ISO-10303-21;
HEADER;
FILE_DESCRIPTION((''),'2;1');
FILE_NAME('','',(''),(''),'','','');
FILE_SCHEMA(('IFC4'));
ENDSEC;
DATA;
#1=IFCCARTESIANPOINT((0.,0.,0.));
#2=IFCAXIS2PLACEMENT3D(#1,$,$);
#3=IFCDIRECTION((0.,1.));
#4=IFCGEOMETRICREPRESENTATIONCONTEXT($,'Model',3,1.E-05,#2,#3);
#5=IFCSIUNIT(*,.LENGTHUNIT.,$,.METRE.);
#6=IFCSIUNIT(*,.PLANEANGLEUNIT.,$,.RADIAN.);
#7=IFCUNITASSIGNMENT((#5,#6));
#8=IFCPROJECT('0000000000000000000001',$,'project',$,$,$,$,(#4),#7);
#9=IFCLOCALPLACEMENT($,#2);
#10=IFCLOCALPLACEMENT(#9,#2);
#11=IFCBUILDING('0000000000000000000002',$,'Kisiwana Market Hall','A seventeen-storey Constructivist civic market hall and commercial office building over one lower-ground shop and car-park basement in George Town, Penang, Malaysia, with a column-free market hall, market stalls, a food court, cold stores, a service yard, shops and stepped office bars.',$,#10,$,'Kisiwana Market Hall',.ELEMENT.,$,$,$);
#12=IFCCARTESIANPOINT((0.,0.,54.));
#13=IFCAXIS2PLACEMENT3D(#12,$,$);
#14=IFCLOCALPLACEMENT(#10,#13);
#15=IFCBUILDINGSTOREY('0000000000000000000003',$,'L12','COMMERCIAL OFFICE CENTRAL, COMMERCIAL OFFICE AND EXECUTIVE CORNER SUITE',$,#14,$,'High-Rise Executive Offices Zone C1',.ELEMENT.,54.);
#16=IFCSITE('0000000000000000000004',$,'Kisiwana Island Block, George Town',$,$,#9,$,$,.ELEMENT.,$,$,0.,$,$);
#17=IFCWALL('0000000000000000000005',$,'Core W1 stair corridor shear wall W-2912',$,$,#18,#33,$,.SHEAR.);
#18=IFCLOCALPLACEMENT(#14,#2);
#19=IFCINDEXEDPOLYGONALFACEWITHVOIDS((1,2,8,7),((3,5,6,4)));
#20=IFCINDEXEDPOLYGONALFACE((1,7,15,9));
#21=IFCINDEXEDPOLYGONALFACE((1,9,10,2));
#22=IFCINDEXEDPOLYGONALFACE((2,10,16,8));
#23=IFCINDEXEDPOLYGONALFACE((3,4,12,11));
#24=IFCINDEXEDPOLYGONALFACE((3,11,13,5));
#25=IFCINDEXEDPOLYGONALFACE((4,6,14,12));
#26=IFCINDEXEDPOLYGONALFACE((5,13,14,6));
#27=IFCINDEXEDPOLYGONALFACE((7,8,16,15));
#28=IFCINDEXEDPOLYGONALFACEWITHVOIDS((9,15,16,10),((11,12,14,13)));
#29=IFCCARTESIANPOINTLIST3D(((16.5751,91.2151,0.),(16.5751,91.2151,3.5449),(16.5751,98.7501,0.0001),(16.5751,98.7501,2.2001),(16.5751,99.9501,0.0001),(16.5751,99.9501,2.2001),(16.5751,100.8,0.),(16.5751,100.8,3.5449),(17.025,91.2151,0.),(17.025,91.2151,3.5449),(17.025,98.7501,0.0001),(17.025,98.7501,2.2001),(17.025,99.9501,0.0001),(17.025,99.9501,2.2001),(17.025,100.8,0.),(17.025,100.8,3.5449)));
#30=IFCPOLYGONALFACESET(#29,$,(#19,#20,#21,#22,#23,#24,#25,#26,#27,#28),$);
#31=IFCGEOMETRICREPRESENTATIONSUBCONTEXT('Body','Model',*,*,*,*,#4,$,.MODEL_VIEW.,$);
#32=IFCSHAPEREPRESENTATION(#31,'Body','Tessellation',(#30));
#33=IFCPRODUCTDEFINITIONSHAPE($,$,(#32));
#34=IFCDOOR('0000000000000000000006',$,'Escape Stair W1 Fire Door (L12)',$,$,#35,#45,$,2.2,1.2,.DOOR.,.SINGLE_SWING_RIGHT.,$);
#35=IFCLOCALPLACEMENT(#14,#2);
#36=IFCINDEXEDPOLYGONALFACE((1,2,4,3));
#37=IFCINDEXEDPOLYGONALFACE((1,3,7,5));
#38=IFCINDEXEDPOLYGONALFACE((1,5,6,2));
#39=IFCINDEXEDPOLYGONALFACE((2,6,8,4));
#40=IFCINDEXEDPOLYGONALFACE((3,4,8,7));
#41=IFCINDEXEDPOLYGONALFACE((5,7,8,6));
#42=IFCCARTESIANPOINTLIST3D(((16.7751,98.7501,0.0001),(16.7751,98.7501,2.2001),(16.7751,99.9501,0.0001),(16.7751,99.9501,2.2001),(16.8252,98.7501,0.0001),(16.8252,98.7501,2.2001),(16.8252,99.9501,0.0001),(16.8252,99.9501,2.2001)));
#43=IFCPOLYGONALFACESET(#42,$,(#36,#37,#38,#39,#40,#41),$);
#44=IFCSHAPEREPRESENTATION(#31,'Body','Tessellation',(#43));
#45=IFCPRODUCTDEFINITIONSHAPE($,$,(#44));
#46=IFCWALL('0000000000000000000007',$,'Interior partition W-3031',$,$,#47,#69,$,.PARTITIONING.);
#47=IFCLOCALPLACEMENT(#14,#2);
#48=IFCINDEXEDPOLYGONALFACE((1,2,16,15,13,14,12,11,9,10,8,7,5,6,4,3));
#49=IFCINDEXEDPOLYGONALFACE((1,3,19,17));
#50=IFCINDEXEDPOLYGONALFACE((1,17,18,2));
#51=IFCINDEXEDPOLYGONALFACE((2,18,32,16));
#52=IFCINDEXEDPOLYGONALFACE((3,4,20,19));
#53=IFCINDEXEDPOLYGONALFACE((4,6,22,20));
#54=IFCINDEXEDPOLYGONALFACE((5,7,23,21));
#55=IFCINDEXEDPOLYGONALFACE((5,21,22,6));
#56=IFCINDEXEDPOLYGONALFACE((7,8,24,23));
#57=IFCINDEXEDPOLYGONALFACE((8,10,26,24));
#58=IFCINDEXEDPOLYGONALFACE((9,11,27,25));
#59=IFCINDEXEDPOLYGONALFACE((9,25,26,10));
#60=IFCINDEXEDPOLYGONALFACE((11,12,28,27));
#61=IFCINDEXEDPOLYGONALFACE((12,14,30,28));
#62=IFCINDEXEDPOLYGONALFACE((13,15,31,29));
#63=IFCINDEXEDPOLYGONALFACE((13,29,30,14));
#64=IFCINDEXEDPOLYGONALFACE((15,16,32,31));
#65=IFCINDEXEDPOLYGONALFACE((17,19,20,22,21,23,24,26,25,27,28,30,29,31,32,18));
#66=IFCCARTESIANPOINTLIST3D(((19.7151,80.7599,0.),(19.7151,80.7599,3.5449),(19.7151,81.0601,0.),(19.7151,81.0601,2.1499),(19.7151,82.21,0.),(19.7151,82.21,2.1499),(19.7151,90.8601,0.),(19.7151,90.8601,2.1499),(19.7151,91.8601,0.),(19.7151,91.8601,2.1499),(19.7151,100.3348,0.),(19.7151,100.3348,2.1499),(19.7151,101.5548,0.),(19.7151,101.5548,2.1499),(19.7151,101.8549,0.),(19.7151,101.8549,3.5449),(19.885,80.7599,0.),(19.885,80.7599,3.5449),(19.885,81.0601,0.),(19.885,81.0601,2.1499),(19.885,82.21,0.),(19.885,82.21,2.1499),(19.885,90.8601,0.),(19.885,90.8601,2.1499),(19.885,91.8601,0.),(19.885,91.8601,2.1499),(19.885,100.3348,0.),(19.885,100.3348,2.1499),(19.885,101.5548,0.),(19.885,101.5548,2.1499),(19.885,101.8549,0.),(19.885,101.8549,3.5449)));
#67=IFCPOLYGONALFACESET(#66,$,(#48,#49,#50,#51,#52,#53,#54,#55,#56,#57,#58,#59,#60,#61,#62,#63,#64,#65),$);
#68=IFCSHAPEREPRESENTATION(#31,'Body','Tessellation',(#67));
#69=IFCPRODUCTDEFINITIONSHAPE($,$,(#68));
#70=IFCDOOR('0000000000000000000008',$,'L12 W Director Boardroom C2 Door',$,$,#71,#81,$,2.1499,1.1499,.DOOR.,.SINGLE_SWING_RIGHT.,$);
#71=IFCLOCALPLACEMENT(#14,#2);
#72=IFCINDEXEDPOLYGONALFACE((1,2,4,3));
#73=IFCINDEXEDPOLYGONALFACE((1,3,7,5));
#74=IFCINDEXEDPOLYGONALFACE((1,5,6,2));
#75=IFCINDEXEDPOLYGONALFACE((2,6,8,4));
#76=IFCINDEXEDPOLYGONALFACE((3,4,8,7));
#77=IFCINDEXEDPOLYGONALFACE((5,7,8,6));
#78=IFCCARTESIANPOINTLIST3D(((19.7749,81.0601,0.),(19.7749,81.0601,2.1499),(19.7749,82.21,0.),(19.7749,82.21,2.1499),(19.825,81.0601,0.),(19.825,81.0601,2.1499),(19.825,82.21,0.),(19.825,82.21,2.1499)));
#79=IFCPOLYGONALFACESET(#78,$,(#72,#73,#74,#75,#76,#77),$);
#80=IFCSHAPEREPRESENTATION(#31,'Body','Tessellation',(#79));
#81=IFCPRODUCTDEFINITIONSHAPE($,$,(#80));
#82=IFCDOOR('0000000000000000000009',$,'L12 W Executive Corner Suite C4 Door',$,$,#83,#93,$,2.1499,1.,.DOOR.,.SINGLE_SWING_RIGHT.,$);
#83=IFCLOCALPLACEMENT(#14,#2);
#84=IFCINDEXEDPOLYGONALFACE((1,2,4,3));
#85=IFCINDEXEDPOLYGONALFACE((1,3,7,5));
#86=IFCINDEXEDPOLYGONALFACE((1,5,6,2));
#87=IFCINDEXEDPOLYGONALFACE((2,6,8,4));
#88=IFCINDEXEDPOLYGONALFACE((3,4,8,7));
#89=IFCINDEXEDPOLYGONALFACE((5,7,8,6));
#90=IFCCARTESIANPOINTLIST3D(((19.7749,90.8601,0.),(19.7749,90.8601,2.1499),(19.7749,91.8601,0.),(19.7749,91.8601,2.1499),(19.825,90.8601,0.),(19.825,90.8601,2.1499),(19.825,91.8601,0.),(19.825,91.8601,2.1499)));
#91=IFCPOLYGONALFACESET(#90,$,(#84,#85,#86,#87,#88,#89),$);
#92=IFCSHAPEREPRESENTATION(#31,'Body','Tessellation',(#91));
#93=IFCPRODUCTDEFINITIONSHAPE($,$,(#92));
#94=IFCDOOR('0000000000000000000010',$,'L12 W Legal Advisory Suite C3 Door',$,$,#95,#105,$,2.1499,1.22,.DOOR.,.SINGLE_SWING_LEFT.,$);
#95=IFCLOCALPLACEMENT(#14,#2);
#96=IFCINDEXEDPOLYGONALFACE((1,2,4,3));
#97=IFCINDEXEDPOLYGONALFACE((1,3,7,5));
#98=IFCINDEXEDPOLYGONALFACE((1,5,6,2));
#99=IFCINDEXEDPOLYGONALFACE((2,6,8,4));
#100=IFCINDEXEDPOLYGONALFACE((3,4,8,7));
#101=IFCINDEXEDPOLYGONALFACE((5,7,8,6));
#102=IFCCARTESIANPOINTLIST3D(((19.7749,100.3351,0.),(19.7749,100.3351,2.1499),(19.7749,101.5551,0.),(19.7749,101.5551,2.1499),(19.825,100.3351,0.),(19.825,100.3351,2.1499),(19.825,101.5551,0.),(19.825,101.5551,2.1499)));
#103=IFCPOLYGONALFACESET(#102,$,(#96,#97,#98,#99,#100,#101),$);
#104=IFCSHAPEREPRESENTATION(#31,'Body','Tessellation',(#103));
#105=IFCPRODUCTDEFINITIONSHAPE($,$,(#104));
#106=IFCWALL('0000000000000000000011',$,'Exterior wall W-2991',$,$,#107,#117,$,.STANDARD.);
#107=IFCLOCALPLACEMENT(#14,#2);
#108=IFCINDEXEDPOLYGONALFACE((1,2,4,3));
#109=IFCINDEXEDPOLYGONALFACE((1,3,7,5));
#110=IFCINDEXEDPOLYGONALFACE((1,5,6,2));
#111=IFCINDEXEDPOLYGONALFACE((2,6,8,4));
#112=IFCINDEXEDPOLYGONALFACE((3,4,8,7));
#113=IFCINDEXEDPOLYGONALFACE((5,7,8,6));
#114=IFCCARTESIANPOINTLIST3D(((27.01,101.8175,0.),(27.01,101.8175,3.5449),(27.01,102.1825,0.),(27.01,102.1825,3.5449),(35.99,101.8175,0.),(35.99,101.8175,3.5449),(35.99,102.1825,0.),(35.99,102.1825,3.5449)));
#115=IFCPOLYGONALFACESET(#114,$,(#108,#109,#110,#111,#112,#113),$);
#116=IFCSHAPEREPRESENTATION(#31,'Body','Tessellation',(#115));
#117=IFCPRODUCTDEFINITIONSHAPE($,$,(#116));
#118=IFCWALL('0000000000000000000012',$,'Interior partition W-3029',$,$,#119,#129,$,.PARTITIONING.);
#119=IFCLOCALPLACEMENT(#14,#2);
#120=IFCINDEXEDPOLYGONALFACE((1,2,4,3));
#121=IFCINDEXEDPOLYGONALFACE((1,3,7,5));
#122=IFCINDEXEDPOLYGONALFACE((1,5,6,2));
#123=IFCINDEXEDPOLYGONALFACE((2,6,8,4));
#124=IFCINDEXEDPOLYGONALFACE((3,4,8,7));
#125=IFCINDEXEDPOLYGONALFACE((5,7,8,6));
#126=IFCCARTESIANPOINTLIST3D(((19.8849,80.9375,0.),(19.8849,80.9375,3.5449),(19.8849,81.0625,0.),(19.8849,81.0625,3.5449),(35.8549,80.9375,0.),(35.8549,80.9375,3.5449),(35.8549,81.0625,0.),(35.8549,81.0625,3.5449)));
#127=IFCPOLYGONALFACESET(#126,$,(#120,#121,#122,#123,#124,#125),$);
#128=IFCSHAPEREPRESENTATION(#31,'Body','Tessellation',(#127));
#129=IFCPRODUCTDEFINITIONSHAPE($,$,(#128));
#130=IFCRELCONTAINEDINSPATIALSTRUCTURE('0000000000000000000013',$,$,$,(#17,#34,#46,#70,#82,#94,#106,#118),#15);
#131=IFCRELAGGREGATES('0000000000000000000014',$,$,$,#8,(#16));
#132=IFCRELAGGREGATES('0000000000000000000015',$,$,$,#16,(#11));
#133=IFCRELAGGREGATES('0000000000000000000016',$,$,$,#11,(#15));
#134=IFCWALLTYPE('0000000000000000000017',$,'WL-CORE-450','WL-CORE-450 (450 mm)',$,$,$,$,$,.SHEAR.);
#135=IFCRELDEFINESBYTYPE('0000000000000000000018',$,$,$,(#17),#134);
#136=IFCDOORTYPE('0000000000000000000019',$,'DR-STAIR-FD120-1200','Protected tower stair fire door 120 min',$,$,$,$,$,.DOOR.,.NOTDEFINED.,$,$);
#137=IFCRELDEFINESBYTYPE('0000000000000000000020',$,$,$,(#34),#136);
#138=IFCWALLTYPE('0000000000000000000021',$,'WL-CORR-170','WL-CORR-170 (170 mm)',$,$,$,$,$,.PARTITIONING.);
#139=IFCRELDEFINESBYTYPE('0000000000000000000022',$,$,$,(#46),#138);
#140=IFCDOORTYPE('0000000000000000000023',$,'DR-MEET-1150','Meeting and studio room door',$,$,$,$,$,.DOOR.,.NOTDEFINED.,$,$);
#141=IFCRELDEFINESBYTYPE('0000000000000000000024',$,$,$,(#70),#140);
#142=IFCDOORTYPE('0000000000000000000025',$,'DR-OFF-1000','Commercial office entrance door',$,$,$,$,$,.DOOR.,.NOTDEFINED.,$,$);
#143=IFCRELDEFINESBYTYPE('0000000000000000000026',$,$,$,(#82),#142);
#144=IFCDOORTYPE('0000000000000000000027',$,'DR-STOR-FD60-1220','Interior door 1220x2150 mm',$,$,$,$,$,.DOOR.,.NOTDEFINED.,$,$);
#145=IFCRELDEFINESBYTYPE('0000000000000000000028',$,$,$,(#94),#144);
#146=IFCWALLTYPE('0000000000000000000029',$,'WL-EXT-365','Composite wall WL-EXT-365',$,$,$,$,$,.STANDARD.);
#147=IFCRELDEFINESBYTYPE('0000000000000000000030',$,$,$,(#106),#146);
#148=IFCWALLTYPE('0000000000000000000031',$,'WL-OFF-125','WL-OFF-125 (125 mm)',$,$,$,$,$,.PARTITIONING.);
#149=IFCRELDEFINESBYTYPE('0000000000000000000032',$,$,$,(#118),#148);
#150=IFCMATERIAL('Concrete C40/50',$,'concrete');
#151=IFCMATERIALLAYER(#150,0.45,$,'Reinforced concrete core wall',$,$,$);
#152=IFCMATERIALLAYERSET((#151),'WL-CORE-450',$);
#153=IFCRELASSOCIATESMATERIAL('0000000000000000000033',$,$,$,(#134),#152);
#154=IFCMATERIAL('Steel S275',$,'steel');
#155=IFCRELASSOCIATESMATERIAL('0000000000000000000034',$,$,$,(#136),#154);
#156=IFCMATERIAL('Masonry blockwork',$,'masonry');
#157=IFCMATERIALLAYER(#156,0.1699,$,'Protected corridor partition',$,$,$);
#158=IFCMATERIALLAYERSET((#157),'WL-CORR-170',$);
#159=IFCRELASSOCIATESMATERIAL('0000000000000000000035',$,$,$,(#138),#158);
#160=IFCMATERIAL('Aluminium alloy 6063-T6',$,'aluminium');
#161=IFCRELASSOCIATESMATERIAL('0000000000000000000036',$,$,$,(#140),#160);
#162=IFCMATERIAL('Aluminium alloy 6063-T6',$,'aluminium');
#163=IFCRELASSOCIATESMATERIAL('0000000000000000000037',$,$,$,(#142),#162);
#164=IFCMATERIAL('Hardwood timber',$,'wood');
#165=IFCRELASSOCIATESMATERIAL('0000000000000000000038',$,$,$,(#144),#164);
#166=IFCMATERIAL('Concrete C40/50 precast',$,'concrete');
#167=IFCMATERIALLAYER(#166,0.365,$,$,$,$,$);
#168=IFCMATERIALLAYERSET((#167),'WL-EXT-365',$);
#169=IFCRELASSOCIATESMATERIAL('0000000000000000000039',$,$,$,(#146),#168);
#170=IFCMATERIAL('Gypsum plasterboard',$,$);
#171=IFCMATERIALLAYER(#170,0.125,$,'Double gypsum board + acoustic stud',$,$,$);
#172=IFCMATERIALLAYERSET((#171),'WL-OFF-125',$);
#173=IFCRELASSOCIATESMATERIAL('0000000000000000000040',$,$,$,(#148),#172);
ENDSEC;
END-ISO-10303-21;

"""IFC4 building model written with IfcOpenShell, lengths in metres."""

from ifc_helpers import new_model, si_unit, direction, frame, frame_2d, origin, place, context, subcontext, project, spatial, rectangle, extrude, material, layer, layer_set, type_object, element, fill, save


model = new_model("IFC4")

# Units and contexts
model_context = context("Model", 3, precision=1e-05, world=origin(), true_north=direction((0.0, 1.0)))
body_context = subcontext(model_context, "Body", "Model", "MODEL_VIEW")
ifc_project = project(units=[si_unit("LENGTHUNIT", "METRE"), si_unit("PLANEANGLEUNIT", "RADIAN")], contexts=[model_context])

# Site, building, storey
site_placement = place(None, origin())
site = spatial("IfcSite", under=ifc_project, at=site_placement, Name="Kisiwana Island Block, George Town", CompositionType="ELEMENT", RefElevation=0.0)
building_placement = place(site_placement, origin())
building = spatial("IfcBuilding", under=site, at=building_placement, Name="Kisiwana Market Hall", Description="A seventeen-storey Constructivist civic market hall and commercial office building over one lower-ground shop and car-park basement in George Town, Penang, Malaysia, with a column-free market hall, market stalls, a food court, cold stores, a service yard, shops and stepped office bars.", LongName="Kisiwana Market Hall", CompositionType="ELEMENT")
storey_placement = place(building_placement, frame((0.0, 0.0, 54.0)))
storey = spatial("IfcBuildingStorey", under=building, at=storey_placement, Name="L12", Description="COMMERCIAL OFFICE CENTRAL, COMMERCIAL OFFICE AND EXECUTIVE CORNER SUITE", LongName="High-Rise Executive Offices Zone C1", CompositionType="ELEMENT", Elevation=54.0)

# Wall, opening, door
ifc_material_1 = material(Name="Concrete C40/50", Category="concrete")
ifc_layer_1 = layer(ifc_material_1, 0.45, Name="Reinforced concrete core wall")
ifc_layer_set_1 = layer_set([ifc_layer_1], Name="WL-CORE-450")
wall_type_1 = type_object("IfcWallType", Name="WL-CORE-450", Description="WL-CORE-450 (450 mm)", PredefinedType="SHEAR", material=ifc_layer_set_1)
wall_1_placement = place(storey_placement, frame((16.8, 91.2151, 0.0), z_axis=(0.0, 0.0, 1.0), x_axis=(0.0, 1.0, 0.0)))
wall_1 = element("IfcWall", 1, at=wall_1_placement, inside=storey, type_object=wall_type_1, Name="Core W1 stair corridor shear wall W-2912", PredefinedType="SHEAR", context=body_context, shape_type="SweptSolid", body=[
    extrude(rectangle(XDim=9.585, YDim=0.45, at=frame_2d((4.7925, 0.0))), origin(), (0.0, 0.0, 1.0), 3.5449),
])
opening_1_placement = place(wall_1_placement, frame((7.5349, 0.0, 0.0)))
opening_1 = element("IfcOpeningElement", 2, at=opening_1_placement, cuts=wall_1, PredefinedType="OPENING", context=body_context, shape_type="SweptSolid", body=[
    extrude(rectangle(XDim=1.2, YDim=2.2, at=frame_2d((0.6001, 1.1001))), frame((0.0, 0.2368, 0.0), z_axis=(0.0, -1.0, 0.0), x_axis=(1.0, 0.0, 0.0)), (0.0, 0.0, 1.0), 0.4739),
])
ifc_material_2 = material(Name="Steel S275", Category="steel")
door_type_1 = type_object("IfcDoorType", Name="DR-STAIR-FD120-1200", Description="Protected tower stair fire door 120 min", OperationType="NOTDEFINED", PredefinedType="DOOR", material=ifc_material_2)
door_1_placement = place(opening_1_placement, origin())
door_1 = element("IfcDoor", 3, at=door_1_placement, inside=storey, type_object=door_type_1, Name="Escape Stair W1 Fire Door (L12)", OperationType="SINGLE_SWING_RIGHT", OverallHeight=2.2, OverallWidth=1.2, PredefinedType="DOOR", context=body_context, shape_type="SweptSolid", body=[
    extrude(rectangle(XDim=1.2, YDim=2.2, at=frame_2d((0.6001, 1.1001))), frame((0.0, 0.0249, 0.0), z_axis=(0.0, -1.0, 0.0), x_axis=(1.0, 0.0, 0.0)), (0.0, 0.0, 1.0), 0.05),
])
fill(opening_1, door_1)

# Wall, openings, doors
ifc_material_3 = material(Name="Masonry blockwork", Category="masonry")
ifc_layer_2 = layer(ifc_material_3, 0.1699, Name="Protected corridor partition")
ifc_layer_set_2 = layer_set([ifc_layer_2], Name="WL-CORR-170")
wall_type_2 = type_object("IfcWallType", Name="WL-CORR-170", Description="WL-CORR-170 (170 mm)", PredefinedType="PARTITIONING", material=ifc_layer_set_2)
wall_2_placement = place(storey_placement, frame((19.8, 80.76, 0.0), z_axis=(0.0, 0.0, 1.0), x_axis=(0.0, 1.0, 0.0)))
wall_2 = element("IfcWall", 4, at=wall_2_placement, inside=storey, type_object=wall_type_2, Name="Interior partition W-3031", PredefinedType="PARTITIONING", context=body_context, shape_type="SweptSolid", body=[
    extrude(rectangle(XDim=21.095, YDim=0.1699, at=frame_2d((10.5474, 0.0))), origin(), (0.0, 0.0, 1.0), 3.5449),
])
opening_2_placement = place(wall_2_placement, frame((10.1001, 0.0, 0.0)))
opening_2 = element("IfcOpeningElement", 5, at=opening_2_placement, cuts=wall_2, PredefinedType="OPENING", context=body_context, shape_type="SweptSolid", body=[
    extrude(rectangle(XDim=1.0, YDim=2.1499, at=frame_2d((0.5, 1.075))), frame((0.0, 0.0969, 0.0), z_axis=(0.0, -1.0, 0.0), x_axis=(1.0, 0.0, 0.0)), (0.0, 0.0, 1.0), 0.1938),
])
opening_3_placement = place(wall_2_placement, frame((0.3, 0.0, 0.0)))
opening_3 = element("IfcOpeningElement", 6, at=opening_3_placement, cuts=wall_2, PredefinedType="OPENING", context=body_context, shape_type="SweptSolid", body=[
    extrude(rectangle(XDim=1.1499, YDim=2.1499, at=frame_2d((0.575, 1.075))), frame((0.0, 0.0969, 0.0), z_axis=(0.0, -1.0, 0.0), x_axis=(1.0, 0.0, 0.0)), (0.0, 0.0, 1.0), 0.1938),
])
opening_4_placement = place(wall_2_placement, frame((19.575, 0.0, 0.0)))
opening_4 = element("IfcOpeningElement", 7, at=opening_4_placement, cuts=wall_2, PredefinedType="OPENING", context=body_context, shape_type="SweptSolid", body=[
    extrude(rectangle(XDim=1.22, YDim=2.1499, at=frame_2d((0.6099, 1.075))), frame((0.0, 0.0969, 0.0), z_axis=(0.0, -1.0, 0.0), x_axis=(1.0, 0.0, 0.0)), (0.0, 0.0, 1.0), 0.1938),
])
ifc_material_4 = material(Name="Aluminium alloy 6063-T6", Category="aluminium")
door_type_2 = type_object("IfcDoorType", Name="DR-MEET-1150", Description="Meeting and studio room door", OperationType="NOTDEFINED", PredefinedType="DOOR", material=ifc_material_4)
door_2_placement = place(opening_3_placement, frame((1.1499, 0.0, 0.0), z_axis=(0.0, 0.0, 1.0), x_axis=(-1.0, 0.0, 0.0)))
door_2 = element("IfcDoor", 8, at=door_2_placement, inside=storey, type_object=door_type_2, Name="L12 W Director Boardroom C2 Door", OperationType="SINGLE_SWING_RIGHT", OverallHeight=2.1499, OverallWidth=1.1499, PredefinedType="DOOR", context=body_context, shape_type="SweptSolid", body=[
    extrude(rectangle(XDim=1.1499, YDim=2.1499, at=frame_2d((0.575, 1.075))), frame((0.0, 0.0249, 0.0), z_axis=(0.0, -1.0, 0.0), x_axis=(1.0, 0.0, 0.0)), (0.0, 0.0, 1.0), 0.05),
])
fill(opening_3, door_2)
ifc_material_5 = material(Name="Aluminium alloy 6063-T6", Category="aluminium")
door_type_3 = type_object("IfcDoorType", Name="DR-OFF-1000", Description="Commercial office entrance door", OperationType="NOTDEFINED", PredefinedType="DOOR", material=ifc_material_5)
door_3_placement = place(opening_2_placement, frame((1.0, 0.0, 0.0), z_axis=(0.0, 0.0, 1.0), x_axis=(-1.0, 0.0, 0.0)))
door_3 = element("IfcDoor", 9, at=door_3_placement, inside=storey, type_object=door_type_3, Name="L12 W Executive Corner Suite C4 Door", OperationType="SINGLE_SWING_RIGHT", OverallHeight=2.1499, OverallWidth=1.0, PredefinedType="DOOR", context=body_context, shape_type="SweptSolid", body=[
    extrude(rectangle(XDim=1.0, YDim=2.1499, at=frame_2d((0.5, 1.075))), frame((0.0, 0.0249, 0.0), z_axis=(0.0, -1.0, 0.0), x_axis=(1.0, 0.0, 0.0)), (0.0, 0.0, 1.0), 0.05),
])
fill(opening_2, door_3)
ifc_material_6 = material(Name="Hardwood timber", Category="wood")
door_type_4 = type_object("IfcDoorType", Name="DR-STOR-FD60-1220", Description="Interior door 1220x2150 mm", OperationType="NOTDEFINED", PredefinedType="DOOR", material=ifc_material_6)
door_4_placement = place(opening_4_placement, frame((1.22, 0.0, 0.0), z_axis=(0.0, 0.0, 1.0), x_axis=(-1.0, 0.0, 0.0)))
door_4 = element("IfcDoor", 10, at=door_4_placement, inside=storey, type_object=door_type_4, Name="L12 W Legal Advisory Suite C3 Door", OperationType="SINGLE_SWING_LEFT", OverallHeight=2.1499, OverallWidth=1.22, PredefinedType="DOOR", context=body_context, shape_type="SweptSolid", body=[
    extrude(rectangle(XDim=1.22, YDim=2.1499, at=frame_2d((0.6099, 1.075))), frame((0.0, 0.0249, 0.0), z_axis=(0.0, -1.0, 0.0), x_axis=(1.0, 0.0, 0.0)), (0.0, 0.0, 1.0), 0.05),
])
fill(opening_4, door_4)

# Walls
ifc_material_7 = material(Name="Concrete C40/50 precast", Category="concrete")
ifc_layer_3 = layer(ifc_material_7, 0.365)
ifc_layer_set_3 = layer_set([ifc_layer_3], Name="WL-EXT-365")
wall_type_3 = type_object("IfcWallType", Name="WL-EXT-365", Description="Composite wall WL-EXT-365", PredefinedType="STANDARD", material=ifc_layer_set_3)
wall_3_placement = place(storey_placement, frame((27.01, 102.0, 0.0), z_axis=(0.0, 0.0, 1.0), x_axis=(1.0, 0.0, 0.0)))
element("IfcWall", 11, at=wall_3_placement, inside=storey, type_object=wall_type_3, Name="Exterior wall W-2991", PredefinedType="STANDARD", context=body_context, shape_type="SweptSolid", body=[
    extrude(rectangle(XDim=8.98, YDim=0.365, at=frame_2d((4.49, 0.0))), origin(), (0.0, 0.0, 1.0), 3.5449),
])
ifc_material_8 = material(Name="Gypsum plasterboard")
ifc_layer_4 = layer(ifc_material_8, 0.125, Name="Double gypsum board + acoustic stud")
ifc_layer_set_4 = layer_set([ifc_layer_4], Name="WL-OFF-125")
wall_type_4 = type_object("IfcWallType", Name="WL-OFF-125", Description="WL-OFF-125 (125 mm)", PredefinedType="PARTITIONING", material=ifc_layer_set_4)
wall_4_placement = place(storey_placement, frame((19.885, 81.0, 0.0), z_axis=(0.0, 0.0, 1.0), x_axis=(1.0, 0.0, 0.0)))
element("IfcWall", 12, at=wall_4_placement, inside=storey, type_object=wall_type_4, Name="Interior partition W-3029", PredefinedType="PARTITIONING", context=body_context, shape_type="SweptSolid", body=[
    extrude(rectangle(XDim=15.97, YDim=0.125, at=frame_2d((7.9849, 0.0))), origin(), (0.0, 0.0, 1.0), 3.5449),
])

save(model, "model.ifc")
